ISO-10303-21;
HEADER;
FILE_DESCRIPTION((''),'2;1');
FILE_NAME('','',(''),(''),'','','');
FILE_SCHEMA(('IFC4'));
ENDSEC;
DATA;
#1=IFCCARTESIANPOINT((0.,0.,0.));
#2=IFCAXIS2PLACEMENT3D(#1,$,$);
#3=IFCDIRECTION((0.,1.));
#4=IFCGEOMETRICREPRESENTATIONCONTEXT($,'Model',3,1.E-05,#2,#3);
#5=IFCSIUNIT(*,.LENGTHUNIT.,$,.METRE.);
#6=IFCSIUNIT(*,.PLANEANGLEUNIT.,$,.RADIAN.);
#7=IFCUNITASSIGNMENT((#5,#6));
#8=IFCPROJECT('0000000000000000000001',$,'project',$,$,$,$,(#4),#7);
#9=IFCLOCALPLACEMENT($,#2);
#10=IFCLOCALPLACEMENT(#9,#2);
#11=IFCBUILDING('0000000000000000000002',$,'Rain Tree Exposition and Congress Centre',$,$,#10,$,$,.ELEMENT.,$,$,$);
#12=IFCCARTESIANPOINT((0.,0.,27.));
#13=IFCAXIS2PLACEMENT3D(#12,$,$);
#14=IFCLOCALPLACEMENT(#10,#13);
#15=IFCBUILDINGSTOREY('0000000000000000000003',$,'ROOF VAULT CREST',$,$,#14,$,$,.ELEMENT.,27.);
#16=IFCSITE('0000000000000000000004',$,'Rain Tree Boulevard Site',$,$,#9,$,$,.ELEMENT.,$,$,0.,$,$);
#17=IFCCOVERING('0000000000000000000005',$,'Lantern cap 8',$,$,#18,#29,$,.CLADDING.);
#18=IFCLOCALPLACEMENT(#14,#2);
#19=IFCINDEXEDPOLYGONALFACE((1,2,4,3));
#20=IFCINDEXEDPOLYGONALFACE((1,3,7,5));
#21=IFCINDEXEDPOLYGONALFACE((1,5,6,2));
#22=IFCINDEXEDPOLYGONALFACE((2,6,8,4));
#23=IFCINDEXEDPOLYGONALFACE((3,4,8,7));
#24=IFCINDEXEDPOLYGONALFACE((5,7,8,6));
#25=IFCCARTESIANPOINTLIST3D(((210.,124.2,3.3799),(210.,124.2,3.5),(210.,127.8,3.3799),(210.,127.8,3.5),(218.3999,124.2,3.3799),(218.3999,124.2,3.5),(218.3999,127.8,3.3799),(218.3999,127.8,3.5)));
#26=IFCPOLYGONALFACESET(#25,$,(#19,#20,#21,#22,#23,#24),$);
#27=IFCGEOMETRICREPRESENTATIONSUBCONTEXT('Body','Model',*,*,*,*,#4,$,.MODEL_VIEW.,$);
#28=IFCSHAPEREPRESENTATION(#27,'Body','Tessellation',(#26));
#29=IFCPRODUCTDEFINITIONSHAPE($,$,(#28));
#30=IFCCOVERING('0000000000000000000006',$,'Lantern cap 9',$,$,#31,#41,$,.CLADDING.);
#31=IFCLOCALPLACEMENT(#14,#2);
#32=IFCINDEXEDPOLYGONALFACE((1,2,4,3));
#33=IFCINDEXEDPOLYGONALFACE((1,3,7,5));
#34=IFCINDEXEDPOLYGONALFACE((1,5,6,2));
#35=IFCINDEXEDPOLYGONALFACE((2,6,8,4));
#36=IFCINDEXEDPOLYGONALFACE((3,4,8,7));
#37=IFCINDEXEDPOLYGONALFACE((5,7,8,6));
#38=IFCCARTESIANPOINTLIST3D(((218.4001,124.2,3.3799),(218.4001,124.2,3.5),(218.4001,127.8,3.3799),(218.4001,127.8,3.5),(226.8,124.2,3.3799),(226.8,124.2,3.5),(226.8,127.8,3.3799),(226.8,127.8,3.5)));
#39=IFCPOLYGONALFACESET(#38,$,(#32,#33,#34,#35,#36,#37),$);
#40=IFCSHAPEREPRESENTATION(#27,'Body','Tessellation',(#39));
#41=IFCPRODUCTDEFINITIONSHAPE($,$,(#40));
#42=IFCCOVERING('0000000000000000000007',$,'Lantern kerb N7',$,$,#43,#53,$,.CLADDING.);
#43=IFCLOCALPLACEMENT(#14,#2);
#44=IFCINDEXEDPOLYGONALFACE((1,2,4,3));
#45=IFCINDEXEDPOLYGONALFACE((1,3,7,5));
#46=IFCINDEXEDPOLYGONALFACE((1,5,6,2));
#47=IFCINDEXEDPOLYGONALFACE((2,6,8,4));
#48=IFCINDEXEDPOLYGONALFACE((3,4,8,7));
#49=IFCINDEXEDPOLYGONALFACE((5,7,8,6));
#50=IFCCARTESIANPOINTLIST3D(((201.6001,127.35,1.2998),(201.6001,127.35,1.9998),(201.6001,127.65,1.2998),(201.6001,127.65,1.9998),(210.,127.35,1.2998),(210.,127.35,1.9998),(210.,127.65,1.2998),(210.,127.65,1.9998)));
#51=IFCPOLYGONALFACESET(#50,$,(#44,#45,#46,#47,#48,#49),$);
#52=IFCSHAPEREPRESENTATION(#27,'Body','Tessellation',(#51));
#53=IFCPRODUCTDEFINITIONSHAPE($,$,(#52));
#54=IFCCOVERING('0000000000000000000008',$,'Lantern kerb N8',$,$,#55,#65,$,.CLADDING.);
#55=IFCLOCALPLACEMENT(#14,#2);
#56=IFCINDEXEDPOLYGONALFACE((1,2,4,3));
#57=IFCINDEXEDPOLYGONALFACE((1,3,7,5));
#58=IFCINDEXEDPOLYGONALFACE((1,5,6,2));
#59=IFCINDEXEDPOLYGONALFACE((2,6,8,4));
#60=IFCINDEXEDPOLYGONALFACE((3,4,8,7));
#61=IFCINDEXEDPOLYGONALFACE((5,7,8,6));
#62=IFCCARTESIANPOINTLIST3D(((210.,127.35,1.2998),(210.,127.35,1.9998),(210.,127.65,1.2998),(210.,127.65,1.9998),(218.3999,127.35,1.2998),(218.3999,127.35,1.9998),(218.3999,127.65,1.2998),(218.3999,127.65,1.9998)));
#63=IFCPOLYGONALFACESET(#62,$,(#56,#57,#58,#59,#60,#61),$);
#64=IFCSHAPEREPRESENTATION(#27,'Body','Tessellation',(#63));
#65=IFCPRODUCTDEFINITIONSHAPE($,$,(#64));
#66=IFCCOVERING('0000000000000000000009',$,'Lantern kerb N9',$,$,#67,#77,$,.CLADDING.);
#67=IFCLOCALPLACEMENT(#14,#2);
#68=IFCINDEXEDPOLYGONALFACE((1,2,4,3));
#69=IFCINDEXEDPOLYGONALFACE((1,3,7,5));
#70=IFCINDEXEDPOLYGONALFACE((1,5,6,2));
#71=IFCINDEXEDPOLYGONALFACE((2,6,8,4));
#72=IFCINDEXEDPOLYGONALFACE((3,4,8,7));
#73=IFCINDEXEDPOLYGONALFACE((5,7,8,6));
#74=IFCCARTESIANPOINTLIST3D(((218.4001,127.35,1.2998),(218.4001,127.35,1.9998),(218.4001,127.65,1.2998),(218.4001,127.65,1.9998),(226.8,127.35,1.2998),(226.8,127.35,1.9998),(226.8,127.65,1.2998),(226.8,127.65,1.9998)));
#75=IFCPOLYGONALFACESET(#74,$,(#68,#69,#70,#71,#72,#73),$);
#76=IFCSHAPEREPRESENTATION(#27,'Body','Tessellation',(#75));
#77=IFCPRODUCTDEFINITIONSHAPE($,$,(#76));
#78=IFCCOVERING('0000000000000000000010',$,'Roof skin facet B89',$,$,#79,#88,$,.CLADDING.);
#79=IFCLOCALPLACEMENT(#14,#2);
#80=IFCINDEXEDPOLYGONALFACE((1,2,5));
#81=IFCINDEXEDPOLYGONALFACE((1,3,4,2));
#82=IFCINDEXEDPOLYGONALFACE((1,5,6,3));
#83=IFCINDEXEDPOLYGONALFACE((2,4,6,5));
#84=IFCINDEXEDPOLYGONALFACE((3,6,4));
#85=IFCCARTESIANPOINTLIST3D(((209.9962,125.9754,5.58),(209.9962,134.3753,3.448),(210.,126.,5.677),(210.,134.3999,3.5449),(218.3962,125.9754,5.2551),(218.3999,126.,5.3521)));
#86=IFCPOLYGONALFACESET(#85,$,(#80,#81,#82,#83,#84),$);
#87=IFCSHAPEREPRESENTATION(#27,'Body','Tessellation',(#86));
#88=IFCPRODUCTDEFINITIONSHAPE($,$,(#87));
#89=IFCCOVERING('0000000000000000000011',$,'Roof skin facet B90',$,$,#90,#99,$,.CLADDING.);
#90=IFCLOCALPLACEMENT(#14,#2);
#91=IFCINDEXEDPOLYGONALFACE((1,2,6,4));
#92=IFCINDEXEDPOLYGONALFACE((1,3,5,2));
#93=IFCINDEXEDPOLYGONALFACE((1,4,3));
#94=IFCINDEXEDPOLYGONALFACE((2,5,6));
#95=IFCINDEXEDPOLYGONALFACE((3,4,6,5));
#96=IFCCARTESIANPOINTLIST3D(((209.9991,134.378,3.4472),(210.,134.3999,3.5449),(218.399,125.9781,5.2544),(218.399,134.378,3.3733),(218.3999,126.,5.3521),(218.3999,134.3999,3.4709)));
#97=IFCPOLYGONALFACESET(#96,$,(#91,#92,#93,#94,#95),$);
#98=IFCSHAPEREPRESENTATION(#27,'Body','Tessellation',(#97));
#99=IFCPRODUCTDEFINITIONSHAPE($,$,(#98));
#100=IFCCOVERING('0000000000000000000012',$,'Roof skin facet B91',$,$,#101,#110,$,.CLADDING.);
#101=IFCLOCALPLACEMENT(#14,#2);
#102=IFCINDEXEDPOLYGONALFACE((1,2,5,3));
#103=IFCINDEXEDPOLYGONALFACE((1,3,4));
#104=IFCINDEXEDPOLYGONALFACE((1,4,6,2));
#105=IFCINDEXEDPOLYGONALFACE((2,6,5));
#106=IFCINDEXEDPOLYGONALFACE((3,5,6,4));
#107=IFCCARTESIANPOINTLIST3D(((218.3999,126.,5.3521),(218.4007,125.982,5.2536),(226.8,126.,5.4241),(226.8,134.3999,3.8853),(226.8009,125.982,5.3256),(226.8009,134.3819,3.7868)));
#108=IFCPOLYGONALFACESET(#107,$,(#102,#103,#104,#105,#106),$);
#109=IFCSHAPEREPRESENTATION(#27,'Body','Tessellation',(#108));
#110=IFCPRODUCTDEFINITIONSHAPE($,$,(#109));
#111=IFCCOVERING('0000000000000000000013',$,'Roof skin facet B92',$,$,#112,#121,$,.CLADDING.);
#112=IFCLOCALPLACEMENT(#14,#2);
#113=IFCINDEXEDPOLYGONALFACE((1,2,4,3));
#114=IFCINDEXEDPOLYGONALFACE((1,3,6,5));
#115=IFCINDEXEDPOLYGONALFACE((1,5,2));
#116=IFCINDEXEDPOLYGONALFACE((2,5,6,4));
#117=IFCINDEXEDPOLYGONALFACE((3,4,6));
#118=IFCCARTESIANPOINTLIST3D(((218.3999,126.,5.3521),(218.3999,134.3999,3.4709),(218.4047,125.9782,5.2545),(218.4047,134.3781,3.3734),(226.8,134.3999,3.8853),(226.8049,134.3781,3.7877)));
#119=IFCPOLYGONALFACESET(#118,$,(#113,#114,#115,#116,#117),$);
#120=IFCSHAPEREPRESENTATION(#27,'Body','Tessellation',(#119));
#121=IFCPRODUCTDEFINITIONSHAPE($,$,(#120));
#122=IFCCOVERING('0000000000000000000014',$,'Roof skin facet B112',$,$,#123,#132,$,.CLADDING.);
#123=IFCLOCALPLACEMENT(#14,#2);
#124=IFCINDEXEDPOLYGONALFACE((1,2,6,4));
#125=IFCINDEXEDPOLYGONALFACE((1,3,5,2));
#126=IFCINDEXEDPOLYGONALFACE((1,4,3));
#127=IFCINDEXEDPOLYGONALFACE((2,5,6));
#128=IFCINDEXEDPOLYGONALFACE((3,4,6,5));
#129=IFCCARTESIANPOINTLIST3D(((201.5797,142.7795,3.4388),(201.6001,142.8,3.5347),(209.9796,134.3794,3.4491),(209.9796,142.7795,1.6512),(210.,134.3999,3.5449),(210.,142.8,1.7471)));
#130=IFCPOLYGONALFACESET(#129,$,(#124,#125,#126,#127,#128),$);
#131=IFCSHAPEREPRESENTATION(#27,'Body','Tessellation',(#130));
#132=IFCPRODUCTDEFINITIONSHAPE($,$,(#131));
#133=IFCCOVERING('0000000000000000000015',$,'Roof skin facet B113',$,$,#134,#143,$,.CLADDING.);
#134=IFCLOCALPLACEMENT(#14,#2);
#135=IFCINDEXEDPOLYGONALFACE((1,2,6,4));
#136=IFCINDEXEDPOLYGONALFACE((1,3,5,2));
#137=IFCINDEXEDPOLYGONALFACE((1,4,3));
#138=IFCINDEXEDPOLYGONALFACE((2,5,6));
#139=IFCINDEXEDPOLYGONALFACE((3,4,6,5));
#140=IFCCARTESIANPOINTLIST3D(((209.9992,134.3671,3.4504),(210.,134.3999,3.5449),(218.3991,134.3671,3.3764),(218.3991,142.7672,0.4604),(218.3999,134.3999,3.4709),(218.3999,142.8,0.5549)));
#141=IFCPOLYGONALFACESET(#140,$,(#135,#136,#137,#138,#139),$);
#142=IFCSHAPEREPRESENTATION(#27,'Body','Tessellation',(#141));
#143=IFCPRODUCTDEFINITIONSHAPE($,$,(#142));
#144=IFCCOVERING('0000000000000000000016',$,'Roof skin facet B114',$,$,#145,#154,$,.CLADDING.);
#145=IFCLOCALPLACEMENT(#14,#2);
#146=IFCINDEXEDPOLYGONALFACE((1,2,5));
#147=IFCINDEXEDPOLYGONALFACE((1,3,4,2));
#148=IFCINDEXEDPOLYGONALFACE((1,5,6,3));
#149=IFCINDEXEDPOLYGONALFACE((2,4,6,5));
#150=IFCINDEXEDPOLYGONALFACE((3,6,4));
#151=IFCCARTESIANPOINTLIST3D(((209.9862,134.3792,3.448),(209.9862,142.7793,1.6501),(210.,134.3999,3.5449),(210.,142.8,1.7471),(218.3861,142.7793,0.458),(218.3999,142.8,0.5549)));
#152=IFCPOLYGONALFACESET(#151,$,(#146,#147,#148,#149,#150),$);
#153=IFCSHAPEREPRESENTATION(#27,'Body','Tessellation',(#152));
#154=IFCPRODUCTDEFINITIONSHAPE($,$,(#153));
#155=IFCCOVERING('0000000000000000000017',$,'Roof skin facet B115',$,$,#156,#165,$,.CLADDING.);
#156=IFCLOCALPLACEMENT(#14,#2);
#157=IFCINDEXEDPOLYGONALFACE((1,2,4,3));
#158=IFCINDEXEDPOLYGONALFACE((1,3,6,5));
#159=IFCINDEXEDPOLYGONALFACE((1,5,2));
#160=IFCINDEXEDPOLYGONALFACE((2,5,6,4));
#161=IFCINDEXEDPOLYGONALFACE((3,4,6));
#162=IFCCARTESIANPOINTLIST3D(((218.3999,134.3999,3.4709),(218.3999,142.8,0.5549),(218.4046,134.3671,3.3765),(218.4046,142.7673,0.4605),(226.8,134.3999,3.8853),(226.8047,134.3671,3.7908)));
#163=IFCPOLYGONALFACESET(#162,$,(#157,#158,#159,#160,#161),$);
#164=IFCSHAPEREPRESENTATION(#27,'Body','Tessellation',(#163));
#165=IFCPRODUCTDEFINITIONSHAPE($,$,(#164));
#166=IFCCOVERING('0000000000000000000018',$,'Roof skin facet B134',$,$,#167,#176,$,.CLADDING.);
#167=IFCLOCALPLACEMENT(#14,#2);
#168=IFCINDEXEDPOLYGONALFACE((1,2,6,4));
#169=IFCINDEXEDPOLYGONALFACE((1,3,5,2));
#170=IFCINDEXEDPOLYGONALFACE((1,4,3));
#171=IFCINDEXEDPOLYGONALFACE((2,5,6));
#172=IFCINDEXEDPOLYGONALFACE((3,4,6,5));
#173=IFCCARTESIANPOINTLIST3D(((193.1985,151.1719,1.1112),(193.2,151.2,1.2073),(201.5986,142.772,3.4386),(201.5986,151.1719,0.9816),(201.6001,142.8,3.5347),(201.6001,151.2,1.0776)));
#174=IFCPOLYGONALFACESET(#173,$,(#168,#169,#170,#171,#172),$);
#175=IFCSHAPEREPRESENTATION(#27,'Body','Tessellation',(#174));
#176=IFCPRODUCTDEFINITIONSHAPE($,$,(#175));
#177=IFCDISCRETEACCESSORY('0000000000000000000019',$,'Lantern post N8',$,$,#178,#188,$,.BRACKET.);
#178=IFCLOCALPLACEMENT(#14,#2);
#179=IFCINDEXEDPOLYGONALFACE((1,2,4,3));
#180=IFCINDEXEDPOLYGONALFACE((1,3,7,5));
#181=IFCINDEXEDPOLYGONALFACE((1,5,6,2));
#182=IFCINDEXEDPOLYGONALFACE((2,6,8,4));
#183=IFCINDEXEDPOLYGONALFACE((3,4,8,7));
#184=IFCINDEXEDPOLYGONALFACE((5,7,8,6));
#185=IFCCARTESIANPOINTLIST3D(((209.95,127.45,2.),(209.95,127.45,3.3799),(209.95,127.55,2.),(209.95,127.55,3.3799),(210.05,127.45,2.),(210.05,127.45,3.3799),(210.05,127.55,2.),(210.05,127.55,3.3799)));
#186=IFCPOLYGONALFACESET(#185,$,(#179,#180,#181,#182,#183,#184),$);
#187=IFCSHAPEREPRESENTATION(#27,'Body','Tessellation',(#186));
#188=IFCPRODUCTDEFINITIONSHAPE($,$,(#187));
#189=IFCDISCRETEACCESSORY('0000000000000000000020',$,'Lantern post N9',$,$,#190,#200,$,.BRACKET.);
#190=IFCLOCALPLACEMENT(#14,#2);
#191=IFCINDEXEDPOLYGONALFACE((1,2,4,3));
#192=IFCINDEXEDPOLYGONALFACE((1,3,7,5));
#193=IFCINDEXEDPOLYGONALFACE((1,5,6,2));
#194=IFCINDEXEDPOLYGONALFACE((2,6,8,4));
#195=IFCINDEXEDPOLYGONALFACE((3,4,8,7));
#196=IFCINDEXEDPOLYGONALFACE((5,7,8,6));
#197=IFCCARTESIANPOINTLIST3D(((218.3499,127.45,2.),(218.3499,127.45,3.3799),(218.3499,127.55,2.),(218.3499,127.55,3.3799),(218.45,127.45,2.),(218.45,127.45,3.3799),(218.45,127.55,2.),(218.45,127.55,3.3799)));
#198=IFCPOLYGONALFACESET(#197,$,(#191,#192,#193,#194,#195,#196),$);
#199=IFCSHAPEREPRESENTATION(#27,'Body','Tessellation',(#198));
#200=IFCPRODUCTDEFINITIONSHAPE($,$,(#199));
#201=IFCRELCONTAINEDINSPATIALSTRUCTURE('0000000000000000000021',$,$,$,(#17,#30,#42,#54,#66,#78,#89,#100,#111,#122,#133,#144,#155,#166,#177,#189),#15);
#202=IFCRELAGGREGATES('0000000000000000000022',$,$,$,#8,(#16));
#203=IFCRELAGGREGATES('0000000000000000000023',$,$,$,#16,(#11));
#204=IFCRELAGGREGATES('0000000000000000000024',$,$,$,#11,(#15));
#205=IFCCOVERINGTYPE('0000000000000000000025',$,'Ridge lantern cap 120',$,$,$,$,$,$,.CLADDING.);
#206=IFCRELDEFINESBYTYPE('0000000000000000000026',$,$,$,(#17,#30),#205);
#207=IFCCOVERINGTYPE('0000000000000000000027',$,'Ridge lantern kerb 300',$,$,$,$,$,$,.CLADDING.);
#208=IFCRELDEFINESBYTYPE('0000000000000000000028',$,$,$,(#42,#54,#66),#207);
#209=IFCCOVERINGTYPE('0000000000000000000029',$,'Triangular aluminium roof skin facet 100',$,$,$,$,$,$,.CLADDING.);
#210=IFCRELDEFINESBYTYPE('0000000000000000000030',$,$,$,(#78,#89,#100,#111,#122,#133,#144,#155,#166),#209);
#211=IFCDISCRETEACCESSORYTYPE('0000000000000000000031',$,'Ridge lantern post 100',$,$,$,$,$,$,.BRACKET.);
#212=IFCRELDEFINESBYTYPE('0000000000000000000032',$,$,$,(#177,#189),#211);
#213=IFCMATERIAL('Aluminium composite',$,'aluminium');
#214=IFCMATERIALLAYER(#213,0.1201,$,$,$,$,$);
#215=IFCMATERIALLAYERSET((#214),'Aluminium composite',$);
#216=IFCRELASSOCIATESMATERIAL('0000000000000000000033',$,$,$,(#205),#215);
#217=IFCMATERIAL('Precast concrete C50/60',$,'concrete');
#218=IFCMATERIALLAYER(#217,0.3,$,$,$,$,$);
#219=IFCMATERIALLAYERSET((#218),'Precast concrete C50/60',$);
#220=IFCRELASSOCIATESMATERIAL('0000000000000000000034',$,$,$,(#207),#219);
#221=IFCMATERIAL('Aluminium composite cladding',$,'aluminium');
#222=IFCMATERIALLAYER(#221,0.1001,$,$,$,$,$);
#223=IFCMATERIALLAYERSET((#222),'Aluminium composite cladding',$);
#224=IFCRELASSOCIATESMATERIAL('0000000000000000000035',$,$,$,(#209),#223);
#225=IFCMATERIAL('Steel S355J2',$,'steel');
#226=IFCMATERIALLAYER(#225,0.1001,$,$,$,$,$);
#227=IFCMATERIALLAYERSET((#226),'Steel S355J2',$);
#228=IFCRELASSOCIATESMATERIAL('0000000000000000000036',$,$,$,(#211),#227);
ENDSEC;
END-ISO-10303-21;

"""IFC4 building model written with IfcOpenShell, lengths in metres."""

from ifc_helpers import new_model, si_unit, direction, frame, origin, origin_2d, place, context, subcontext, project, spatial, polyline, rectangle, outline, extrude, material, layer, layer_set, type_object, element, save


model = new_model("IFC4")

# Units and contexts
model_context = context("Model", 3, precision=1e-05, world=origin(), true_north=direction((0.0, 1.0)))
body_context = subcontext(model_context, "Body", "Model", "MODEL_VIEW")
ifc_project = project(units=[si_unit("LENGTHUNIT", "METRE"), si_unit("PLANEANGLEUNIT", "RADIAN")], contexts=[model_context])

# Site, building, storey
site_placement = place(None, origin())
site = spatial("IfcSite", under=ifc_project, at=site_placement, Name="Rain Tree Boulevard Site", CompositionType="ELEMENT", RefElevation=0.0)
building_placement = place(site_placement, origin())
building = spatial("IfcBuilding", under=site, at=building_placement, Name="Rain Tree Exposition and Congress Centre", CompositionType="ELEMENT")
storey_placement = place(building_placement, frame((0.0, 0.0, 27.0)))
storey = spatial("IfcBuildingStorey", under=building, at=storey_placement, Name="ROOF VAULT CREST", CompositionType="ELEMENT", Elevation=27.0)

# Coverings
ifc_material_1 = material(Name="Aluminium composite", Category="aluminium")
ifc_layer_1 = layer(ifc_material_1, 0.1201)
ifc_layer_set_1 = layer_set([ifc_layer_1], Name="Aluminium composite")
covering_type_1 = type_object("IfcCoveringType", Name="Ridge lantern cap 120", PredefinedType="CLADDING", material=ifc_layer_set_1)
for number, where, z_axis, x_axis, name in (
    (1, (214.2, 126.0, 3.3799), (0.0, 0.0, 1.0), (1.0, 0.0, 0.0), "Lantern cap 8"),
    (2, (222.6001, 126.0, 3.3799), (0.0, 0.0, 1.0), (1.0, 0.0, 0.0), "Lantern cap 9"),
):
    element("IfcCovering", number, at=place(storey_placement, frame(where, z_axis=z_axis, x_axis=x_axis)), inside=storey, type_object=covering_type_1, Name=name, PredefinedType="CLADDING", context=body_context, shape_type="SweptSolid", body=[
        extrude(rectangle(XDim=8.3999, YDim=3.6001, at=origin_2d()), origin(), (0.0, 0.0, 1.0), 0.1201),
    ])
ifc_material_2 = material(Name="Precast concrete C50/60", Category="concrete")
ifc_layer_2 = layer(ifc_material_2, 0.3)
ifc_layer_set_2 = layer_set([ifc_layer_2], Name="Precast concrete C50/60")
covering_type_2 = type_object("IfcCoveringType", Name="Ridge lantern kerb 300", PredefinedType="CLADDING", material=ifc_layer_set_2)
for number, where, z_axis, x_axis, name in (
    (3, (205.8, 127.5, 1.2998), (0.0, 0.0, 1.0), (1.0, 0.0, 0.0), "Lantern kerb N7"),
    (4, (214.2, 127.5, 1.2998), (0.0, 0.0, 1.0), (1.0, 0.0, 0.0), "Lantern kerb N8"),
    (5, (222.6001, 127.5, 1.2998), (0.0, 0.0, 1.0), (1.0, 0.0, 0.0), "Lantern kerb N9"),
):
    element("IfcCovering", number, at=place(storey_placement, frame(where, z_axis=z_axis, x_axis=x_axis)), inside=storey, type_object=covering_type_2, Name=name, PredefinedType="CLADDING", context=body_context, shape_type="SweptSolid", body=[
        extrude(rectangle(XDim=8.3999, YDim=0.3, at=origin_2d()), origin(), (0.0, 0.0, 1.0), 0.7),
    ])
ifc_material_3 = material(Name="Aluminium composite cladding", Category="aluminium")
ifc_layer_3 = layer(ifc_material_3, 0.1001)
ifc_layer_set_3 = layer_set([ifc_layer_3], Name="Aluminium composite cladding")
covering_type_3 = type_object("IfcCoveringType", Name="Triangular aluminium roof skin facet 100", PredefinedType="CLADDING", material=ifc_layer_set_3)
covering_1_placement = place(storey_placement, frame((210.0, 126.0, 5.677), z_axis=(0.03747, 0.245848, 0.968584), x_axis=(0.999253, 0.0, -0.038656)))
element("IfcCovering", 6, at=covering_1_placement, inside=storey, type_object=covering_type_3, Name="Roof skin facet B89", PredefinedType="CLADDING", context=body_context, shape_type="SweptSolid", body=[
    extrude(outline(polyline([(0.0, 0.0), (8.4062, 0.0), (0.0824, 8.6659), (0.0, 0.0)])), origin(), (0.0, 0.0, -1.0), 0.1001),
])
covering_2_placement = place(storey_placement, frame((218.3999, 126.0, 5.3521), z_axis=(0.008593, 0.218523, 0.975794), x_axis=(0.0, 0.97583, -0.218531)))
element("IfcCovering", 7, at=covering_2_placement, inside=storey, type_object=covering_type_3, Name="Roof skin facet B90", PredefinedType="CLADDING", context=body_context, shape_type="SweptSolid", body=[
    extrude(outline(polyline([(0.0, 0.0), (8.608, 0.0), (8.5918, 8.4002), (0.0, 0.0)])), origin(), (0.0, 0.0, -1.0), 0.1001),
])
covering_3_placement = place(storey_placement, frame((218.3999, 126.0, 5.3521), z_axis=(-0.008433, 0.18019, 0.983596), x_axis=(0.999963, 0.0, 0.008574)))
element("IfcCovering", 8, at=covering_3_placement, inside=storey, type_object=covering_type_3, Name="Roof skin facet B91", PredefinedType="CLADDING", context=body_context, shape_type="SweptSolid", body=[
    extrude(outline(polyline([(0.0, 0.0), (8.4005, 0.0), (8.3873, 8.5397), (0.0, 0.0)])), origin(), (0.0, 0.0, -1.0), 0.1001),
])
covering_4_placement = place(storey_placement, frame((218.3999, 126.0, 5.3521), z_axis=(-0.048074, 0.218278, 0.974702), x_axis=(0.701788, 0.701767, -0.122543)))
element("IfcCovering", 9, at=covering_4_placement, inside=storey, type_object=covering_type_3, Name="Roof skin facet B92", PredefinedType="CLADDING", context=body_context, shape_type="SweptSolid", body=[
    extrude(outline(polyline([(0.0, 0.0), (11.9696, 0.0), (6.1253, 6.048), (0.0, 0.0)])), origin(), (0.0, 0.0, -1.0), 0.1001),
])
covering_5_placement = place(storey_placement, frame((210.0, 134.3999, 3.5449), z_axis=(0.203734, 0.204897, 0.957345), x_axis=(0.0, 0.977854, -0.209286)))
element("IfcCovering", 10, at=covering_5_placement, inside=storey, type_object=covering_type_3, Name="Roof skin facet B112", PredefinedType="CLADDING", context=body_context, shape_type="SweptSolid", body=[
    extrude(outline(polyline([(0.0, 0.0), (8.5904, 0.0), (8.2163, 8.5799), (0.0, 0.0)])), origin(), (0.0, 0.0, -1.0), 0.1001),
])
covering_6_placement = place(storey_placement, frame((210.0, 134.3999, 3.5449), z_axis=(0.008319, 0.32793, 0.944665), x_axis=(0.999961, 0.0, -0.008806)))
element("IfcCovering", 11, at=covering_6_placement, inside=storey, type_object=covering_type_3, Name="Roof skin facet B113", PredefinedType="CLADDING", context=body_context, shape_type="SweptSolid", body=[
    extrude(outline(polyline([(0.0, 0.0), (8.4002, 0.0), (8.4259, 8.8918), (0.0, 0.0)])), origin(), (0.0, 0.0, -1.0), 0.1001),
])
covering_7_placement = place(storey_placement, frame((210.0, 134.3999, 3.5449), z_axis=(0.137463, 0.2073, 0.968572), x_axis=(0.68571, 0.68573, -0.244082)))
element("IfcCovering", 12, at=covering_7_placement, inside=storey, type_object=covering_type_3, Name="Roof skin facet B114", PredefinedType="CLADDING", context=body_context, shape_type="SweptSolid", body=[
    extrude(outline(polyline([(0.0, 0.0), (12.2499, 0.0), (6.1991, 5.947), (0.0, 0.0)])), origin(), (0.0, 0.0, -1.0), 0.1001),
])
covering_8_placement = place(storey_placement, frame((218.3999, 134.3999, 3.4709), z_axis=(-0.046543, 0.327586, 0.943674), x_axis=(0.998786, 0.0, 0.049261)))
element("IfcCovering", 13, at=covering_8_placement, inside=storey, type_object=covering_type_3, Name="Roof skin facet B115", PredefinedType="CLADDING", context=body_context, shape_type="SweptSolid", body=[
    extrude(outline(polyline([(0.0, 0.0), (8.4104, 0.0), (-0.1436, 8.8907), (0.0, 0.0)])), origin(), (0.0, 0.0, -1.0), 0.1001),
])
covering_9_placement = place(storey_placement, frame((201.6001, 142.8, 3.5347), z_axis=(0.014811, 0.280713, 0.959678), x_axis=(0.0, 0.959783, -0.280743)))
element("IfcCovering", 14, at=covering_9_placement, inside=storey, type_object=covering_type_3, Name="Roof skin facet B134", PredefinedType="CLADDING", context=body_context, shape_type="SweptSolid", body=[
    extrude(outline(polyline([(0.0, 0.0), (8.7519, 0.0), (8.7155, 8.4011), (0.0, 0.0)])), origin(), (0.0, 0.0, -1.0), 0.1001),
])

# Discrete accessories
ifc_material_4 = material(Name="Steel S355J2", Category="steel")
ifc_layer_4 = layer(ifc_material_4, 0.1001)
ifc_layer_set_4 = layer_set([ifc_layer_4], Name="Steel S355J2")
discrete_accessory_type_1 = type_object("IfcDiscreteAccessoryType", Name="Ridge lantern post 100", PredefinedType="BRACKET", material=ifc_layer_set_4)
for number, where, z_axis, x_axis, name in (
    (15, (210.0, 127.5, 2.0), (0.0, 0.0, 1.0), (1.0, 0.0, 0.0), "Lantern post N8"),
    (16, (218.3999, 127.5, 2.0), (0.0, 0.0, 1.0), (1.0, 0.0, 0.0), "Lantern post N9"),
):
    element("IfcDiscreteAccessory", number, at=place(storey_placement, frame(where, z_axis=z_axis, x_axis=x_axis)), inside=storey, type_object=discrete_accessory_type_1, Name=name, PredefinedType="BRACKET", context=body_context, shape_type="SweptSolid", body=[
        extrude(rectangle(XDim=0.1001, YDim=0.1001, at=origin_2d()), origin(), (0.0, 0.0, 1.0), 1.3799),
    ])

save(model, "model.ifc")
